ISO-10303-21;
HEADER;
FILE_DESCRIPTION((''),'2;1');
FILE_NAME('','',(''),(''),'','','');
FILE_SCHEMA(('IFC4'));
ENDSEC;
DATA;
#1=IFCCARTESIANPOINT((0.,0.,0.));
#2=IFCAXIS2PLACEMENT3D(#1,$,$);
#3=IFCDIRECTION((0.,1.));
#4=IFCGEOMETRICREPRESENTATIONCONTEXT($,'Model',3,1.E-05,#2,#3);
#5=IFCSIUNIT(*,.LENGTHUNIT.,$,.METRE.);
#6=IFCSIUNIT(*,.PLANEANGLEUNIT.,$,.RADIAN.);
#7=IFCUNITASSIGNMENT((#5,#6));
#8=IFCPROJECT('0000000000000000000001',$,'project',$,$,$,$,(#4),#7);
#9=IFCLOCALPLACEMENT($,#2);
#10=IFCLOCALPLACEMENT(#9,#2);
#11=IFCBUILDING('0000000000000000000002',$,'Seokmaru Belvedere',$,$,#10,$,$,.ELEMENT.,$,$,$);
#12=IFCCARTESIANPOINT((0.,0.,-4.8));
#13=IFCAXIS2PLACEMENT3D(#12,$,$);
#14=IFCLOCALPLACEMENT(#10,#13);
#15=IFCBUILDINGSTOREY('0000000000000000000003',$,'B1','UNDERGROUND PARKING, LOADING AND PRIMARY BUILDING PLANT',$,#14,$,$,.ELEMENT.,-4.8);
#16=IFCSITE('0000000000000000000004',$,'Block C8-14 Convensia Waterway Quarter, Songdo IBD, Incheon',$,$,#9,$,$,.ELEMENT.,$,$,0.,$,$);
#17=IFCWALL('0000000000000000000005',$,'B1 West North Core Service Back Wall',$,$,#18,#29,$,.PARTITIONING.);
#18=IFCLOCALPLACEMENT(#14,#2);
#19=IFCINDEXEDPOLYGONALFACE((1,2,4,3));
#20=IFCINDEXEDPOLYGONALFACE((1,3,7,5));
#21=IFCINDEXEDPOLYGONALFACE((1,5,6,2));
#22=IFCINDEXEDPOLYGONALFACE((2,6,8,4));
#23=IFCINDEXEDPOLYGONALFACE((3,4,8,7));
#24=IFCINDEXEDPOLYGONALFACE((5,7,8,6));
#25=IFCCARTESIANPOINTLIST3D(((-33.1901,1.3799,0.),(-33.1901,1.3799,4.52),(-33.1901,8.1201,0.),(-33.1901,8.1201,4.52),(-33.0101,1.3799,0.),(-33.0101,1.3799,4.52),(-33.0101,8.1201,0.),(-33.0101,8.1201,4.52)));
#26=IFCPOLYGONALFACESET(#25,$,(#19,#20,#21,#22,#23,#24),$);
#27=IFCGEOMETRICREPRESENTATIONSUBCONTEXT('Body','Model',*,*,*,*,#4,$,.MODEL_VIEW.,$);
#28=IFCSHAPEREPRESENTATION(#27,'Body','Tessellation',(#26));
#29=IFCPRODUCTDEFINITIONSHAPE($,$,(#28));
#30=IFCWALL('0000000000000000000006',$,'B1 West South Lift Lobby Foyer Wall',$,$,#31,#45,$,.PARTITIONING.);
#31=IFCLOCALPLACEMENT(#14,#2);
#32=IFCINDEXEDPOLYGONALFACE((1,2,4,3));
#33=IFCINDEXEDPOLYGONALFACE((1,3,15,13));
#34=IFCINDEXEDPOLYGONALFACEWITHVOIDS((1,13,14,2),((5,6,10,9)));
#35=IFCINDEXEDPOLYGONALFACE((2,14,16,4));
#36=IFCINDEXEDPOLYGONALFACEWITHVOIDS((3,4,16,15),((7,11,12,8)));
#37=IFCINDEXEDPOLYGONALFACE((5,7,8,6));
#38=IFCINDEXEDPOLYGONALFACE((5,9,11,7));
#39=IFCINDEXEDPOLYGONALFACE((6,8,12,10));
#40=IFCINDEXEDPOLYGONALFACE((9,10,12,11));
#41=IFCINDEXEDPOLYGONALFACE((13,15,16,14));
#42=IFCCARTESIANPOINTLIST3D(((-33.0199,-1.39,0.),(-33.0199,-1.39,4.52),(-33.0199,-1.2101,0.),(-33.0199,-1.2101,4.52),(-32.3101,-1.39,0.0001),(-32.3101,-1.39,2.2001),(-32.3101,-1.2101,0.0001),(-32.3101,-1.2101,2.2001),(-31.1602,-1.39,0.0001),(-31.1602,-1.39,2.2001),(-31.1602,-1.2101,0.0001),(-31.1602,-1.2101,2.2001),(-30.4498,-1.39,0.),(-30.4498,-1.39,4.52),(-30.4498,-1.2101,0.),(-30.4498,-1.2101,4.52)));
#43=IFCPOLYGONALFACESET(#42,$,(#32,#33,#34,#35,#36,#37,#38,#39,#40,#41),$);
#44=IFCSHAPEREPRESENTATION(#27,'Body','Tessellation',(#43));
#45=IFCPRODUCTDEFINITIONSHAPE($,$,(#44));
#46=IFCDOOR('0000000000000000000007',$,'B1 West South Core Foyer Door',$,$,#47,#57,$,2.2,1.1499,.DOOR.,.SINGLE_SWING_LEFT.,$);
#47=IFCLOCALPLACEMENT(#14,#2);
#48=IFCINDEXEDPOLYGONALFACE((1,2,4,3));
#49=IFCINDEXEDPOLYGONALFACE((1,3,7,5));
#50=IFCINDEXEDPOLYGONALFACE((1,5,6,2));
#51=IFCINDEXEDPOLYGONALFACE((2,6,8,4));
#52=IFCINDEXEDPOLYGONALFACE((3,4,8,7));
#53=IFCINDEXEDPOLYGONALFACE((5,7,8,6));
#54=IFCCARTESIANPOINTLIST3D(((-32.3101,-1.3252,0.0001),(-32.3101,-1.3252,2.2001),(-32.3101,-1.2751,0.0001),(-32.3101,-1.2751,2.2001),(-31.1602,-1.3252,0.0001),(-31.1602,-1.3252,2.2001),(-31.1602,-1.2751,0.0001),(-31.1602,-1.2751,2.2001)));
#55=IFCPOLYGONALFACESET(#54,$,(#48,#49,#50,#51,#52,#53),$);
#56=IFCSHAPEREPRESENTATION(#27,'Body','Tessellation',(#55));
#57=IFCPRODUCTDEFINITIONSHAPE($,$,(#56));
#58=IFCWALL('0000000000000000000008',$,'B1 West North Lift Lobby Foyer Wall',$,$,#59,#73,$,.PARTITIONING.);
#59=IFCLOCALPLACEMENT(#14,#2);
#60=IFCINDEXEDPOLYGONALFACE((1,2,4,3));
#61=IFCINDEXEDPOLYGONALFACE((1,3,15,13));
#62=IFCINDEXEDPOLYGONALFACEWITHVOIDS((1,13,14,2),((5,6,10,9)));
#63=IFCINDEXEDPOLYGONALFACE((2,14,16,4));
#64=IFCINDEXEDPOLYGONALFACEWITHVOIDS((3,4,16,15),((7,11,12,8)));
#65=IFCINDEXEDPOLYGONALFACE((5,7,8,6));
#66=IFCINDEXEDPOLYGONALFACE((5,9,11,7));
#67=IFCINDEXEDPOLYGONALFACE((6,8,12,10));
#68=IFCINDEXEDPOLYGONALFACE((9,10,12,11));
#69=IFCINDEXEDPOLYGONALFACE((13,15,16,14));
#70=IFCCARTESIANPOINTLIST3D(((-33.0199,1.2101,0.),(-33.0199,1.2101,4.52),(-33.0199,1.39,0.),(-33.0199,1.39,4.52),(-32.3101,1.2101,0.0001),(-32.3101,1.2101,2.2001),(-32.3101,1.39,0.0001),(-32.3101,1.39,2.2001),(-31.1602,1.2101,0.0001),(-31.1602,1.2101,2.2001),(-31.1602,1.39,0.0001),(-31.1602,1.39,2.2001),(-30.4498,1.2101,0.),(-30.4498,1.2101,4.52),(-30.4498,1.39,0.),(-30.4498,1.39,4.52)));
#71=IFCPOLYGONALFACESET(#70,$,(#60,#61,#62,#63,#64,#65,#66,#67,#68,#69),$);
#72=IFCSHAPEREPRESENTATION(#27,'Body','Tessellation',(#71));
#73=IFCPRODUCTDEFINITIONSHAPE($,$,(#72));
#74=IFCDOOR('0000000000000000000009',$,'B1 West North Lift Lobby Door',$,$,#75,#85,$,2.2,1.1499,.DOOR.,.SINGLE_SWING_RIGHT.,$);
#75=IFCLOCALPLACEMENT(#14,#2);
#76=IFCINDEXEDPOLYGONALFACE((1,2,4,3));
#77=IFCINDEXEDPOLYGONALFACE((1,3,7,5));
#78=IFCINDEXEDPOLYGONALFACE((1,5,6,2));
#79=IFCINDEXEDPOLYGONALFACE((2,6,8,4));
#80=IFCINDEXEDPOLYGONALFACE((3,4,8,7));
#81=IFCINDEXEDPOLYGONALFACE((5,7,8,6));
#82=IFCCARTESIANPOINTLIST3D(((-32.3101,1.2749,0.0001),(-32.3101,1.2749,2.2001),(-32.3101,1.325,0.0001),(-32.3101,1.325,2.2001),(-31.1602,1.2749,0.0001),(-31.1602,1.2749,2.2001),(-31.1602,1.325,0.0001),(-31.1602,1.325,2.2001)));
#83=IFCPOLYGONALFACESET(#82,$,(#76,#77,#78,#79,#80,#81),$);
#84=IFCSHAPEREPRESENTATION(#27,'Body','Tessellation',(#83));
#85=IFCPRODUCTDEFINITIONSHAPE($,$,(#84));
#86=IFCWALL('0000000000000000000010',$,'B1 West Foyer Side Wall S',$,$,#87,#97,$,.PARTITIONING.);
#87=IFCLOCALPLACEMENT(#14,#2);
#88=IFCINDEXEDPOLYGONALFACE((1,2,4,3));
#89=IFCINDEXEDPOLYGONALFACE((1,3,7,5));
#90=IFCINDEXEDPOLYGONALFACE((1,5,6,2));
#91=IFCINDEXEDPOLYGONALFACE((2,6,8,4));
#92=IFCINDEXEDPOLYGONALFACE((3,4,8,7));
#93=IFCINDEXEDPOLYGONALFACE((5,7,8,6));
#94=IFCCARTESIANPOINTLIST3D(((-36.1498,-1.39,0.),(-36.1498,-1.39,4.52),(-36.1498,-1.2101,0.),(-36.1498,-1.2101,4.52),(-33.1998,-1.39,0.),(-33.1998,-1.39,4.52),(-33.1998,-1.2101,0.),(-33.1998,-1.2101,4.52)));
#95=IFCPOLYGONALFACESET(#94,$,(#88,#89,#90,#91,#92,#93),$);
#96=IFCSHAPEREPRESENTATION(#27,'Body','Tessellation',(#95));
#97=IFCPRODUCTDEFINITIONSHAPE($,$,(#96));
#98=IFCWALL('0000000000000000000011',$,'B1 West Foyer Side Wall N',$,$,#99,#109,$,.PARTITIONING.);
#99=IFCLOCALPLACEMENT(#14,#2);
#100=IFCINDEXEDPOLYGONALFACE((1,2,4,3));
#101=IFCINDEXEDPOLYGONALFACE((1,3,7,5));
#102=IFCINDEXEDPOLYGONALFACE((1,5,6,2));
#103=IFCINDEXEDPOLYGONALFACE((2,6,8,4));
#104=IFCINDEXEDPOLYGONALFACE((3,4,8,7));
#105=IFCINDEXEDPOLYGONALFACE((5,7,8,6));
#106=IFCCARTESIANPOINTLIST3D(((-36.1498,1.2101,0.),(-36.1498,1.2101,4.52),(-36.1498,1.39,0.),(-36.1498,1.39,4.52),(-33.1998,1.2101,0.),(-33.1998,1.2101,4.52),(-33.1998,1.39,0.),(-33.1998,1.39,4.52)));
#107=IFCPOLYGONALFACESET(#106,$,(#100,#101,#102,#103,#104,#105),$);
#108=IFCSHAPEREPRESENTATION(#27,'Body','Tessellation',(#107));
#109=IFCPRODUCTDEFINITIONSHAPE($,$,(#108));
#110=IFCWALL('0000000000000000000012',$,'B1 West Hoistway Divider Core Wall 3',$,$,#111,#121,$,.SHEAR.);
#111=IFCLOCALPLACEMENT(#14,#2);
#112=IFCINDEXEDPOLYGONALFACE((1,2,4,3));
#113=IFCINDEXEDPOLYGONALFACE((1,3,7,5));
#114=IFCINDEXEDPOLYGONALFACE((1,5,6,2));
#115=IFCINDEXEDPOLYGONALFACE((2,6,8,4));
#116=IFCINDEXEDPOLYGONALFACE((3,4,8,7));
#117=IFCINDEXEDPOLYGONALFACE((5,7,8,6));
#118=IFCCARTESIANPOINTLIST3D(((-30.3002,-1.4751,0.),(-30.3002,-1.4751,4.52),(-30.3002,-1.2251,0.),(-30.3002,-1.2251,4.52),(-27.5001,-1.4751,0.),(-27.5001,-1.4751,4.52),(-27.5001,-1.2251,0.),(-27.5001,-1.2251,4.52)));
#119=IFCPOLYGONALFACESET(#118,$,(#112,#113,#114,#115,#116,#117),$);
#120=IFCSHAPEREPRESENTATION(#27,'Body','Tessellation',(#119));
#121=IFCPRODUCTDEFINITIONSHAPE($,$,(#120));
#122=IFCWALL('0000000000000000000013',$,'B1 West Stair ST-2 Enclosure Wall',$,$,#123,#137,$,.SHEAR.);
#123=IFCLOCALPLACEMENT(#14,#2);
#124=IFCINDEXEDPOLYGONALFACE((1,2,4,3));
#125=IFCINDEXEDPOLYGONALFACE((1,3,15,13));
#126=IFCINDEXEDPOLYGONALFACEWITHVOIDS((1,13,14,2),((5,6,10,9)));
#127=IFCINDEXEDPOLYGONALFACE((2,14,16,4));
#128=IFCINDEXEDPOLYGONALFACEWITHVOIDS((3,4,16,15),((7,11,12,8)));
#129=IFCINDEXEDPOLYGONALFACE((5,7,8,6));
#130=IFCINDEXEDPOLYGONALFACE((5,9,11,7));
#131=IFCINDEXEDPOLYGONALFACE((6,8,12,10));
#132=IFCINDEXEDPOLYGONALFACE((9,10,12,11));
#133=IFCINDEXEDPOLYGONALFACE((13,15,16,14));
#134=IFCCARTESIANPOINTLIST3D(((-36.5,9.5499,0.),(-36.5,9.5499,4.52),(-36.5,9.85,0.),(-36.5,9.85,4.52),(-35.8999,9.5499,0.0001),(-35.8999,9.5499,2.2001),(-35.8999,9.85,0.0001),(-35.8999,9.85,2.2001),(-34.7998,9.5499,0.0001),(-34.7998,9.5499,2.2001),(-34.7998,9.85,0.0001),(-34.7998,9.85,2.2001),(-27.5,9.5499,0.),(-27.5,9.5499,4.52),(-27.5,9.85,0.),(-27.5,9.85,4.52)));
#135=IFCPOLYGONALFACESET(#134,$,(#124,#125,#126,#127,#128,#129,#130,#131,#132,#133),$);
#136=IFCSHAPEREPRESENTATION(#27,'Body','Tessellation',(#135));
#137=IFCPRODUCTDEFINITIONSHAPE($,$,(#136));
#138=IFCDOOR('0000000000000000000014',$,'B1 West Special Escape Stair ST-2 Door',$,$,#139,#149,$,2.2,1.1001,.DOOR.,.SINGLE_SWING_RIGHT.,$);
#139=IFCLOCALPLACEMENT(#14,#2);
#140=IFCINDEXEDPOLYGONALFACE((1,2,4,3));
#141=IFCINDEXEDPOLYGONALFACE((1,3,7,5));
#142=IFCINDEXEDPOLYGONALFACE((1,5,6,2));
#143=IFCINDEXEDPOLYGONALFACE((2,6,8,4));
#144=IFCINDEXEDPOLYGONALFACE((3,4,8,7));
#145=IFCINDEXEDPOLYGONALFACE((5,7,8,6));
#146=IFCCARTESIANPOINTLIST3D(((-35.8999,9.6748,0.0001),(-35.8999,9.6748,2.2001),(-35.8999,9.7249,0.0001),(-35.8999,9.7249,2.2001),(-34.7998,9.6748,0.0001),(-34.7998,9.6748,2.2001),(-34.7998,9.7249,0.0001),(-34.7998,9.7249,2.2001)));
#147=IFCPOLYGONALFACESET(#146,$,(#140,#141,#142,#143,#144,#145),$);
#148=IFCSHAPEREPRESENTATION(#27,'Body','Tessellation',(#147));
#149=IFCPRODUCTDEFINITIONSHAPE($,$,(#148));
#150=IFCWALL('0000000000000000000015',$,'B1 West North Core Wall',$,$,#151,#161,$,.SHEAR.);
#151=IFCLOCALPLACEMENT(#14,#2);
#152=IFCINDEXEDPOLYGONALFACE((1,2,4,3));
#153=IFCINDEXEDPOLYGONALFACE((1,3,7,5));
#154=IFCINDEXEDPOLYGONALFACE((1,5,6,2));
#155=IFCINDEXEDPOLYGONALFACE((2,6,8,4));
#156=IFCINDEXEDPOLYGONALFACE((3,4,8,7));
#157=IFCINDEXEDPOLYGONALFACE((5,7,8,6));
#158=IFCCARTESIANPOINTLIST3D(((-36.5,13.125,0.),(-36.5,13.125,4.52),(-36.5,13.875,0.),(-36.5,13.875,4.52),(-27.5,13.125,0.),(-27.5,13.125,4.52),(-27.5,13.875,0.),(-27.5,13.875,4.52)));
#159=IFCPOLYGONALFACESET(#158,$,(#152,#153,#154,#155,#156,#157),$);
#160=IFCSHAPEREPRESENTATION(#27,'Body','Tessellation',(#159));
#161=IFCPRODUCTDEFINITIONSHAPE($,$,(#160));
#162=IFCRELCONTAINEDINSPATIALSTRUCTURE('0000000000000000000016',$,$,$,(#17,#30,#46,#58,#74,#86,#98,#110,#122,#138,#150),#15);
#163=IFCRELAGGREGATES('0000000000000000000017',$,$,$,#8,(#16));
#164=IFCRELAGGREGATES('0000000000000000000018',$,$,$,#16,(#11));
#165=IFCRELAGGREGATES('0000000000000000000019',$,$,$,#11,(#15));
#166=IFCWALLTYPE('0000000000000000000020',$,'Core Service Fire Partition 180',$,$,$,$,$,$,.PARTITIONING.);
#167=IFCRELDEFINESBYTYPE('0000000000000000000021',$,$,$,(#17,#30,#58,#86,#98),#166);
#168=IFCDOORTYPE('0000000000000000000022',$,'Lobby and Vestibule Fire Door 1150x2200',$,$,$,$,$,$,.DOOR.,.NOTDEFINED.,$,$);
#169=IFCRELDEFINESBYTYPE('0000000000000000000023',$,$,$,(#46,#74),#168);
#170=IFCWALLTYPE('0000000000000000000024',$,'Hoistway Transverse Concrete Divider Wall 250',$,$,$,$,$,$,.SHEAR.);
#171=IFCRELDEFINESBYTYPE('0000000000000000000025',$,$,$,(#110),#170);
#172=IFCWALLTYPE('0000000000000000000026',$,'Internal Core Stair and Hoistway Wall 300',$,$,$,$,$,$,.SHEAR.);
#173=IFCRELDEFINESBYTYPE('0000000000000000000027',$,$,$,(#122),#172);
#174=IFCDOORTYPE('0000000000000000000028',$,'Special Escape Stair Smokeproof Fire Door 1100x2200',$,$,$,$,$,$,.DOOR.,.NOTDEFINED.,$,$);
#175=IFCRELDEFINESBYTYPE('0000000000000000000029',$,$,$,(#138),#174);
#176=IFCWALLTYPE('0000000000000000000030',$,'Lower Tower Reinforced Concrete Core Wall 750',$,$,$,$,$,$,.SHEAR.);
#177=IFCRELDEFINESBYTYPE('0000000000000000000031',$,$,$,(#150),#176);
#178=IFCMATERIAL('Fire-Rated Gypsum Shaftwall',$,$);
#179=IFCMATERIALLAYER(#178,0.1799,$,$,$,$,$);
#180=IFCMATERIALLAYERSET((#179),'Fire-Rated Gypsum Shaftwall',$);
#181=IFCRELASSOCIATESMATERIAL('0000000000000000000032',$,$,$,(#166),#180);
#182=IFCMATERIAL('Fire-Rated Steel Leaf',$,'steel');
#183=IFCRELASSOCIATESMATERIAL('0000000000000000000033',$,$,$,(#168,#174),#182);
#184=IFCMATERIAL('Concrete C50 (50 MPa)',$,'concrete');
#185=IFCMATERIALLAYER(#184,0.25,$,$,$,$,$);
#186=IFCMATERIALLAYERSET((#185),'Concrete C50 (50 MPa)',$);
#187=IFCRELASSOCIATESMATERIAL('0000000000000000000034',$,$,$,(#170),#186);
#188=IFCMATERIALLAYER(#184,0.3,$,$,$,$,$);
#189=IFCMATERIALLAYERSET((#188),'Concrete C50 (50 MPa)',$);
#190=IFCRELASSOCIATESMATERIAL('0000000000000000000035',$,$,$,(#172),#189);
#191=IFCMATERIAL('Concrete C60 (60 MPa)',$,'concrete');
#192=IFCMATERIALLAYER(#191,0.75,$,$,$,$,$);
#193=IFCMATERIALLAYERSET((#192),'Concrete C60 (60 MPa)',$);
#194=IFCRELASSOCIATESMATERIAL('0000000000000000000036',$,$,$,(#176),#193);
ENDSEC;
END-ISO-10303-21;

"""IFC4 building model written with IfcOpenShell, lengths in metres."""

from ifc_helpers import new_model, si_unit, direction, frame, frame_2d, origin, place, context, subcontext, project, spatial, rectangle, extrude, source, transform, mapped, material, layer, layer_set, type_object, type_shapes, element, fill, save


model = new_model("IFC4")

# Units and contexts
model_context = context("Model", 3, precision=1e-05, world=origin(), true_north=direction((0.0, 1.0)))
body_context = subcontext(model_context, "Body", "Model", "MODEL_VIEW")
ifc_project = project(units=[si_unit("LENGTHUNIT", "METRE"), si_unit("PLANEANGLEUNIT", "RADIAN")], contexts=[model_context])

# Site, building, storey
site_placement = place(None, origin())
site = spatial("IfcSite", under=ifc_project, at=site_placement, Name="Block C8-14 Convensia Waterway Quarter, Songdo IBD, Incheon", CompositionType="ELEMENT", RefElevation=0.0)
building_placement = place(site_placement, origin())
building = spatial("IfcBuilding", under=site, at=building_placement, Name="Seokmaru Belvedere", CompositionType="ELEMENT")
storey_placement = place(building_placement, frame((0.0, 0.0, -4.8)))
storey = spatial("IfcBuildingStorey", under=building, at=storey_placement, Name="B1", Description="UNDERGROUND PARKING, LOADING AND PRIMARY BUILDING PLANT", CompositionType="ELEMENT", Elevation=-4.8)

# Shared definitions
ifc_material_1 = material(Name="Concrete C50 (50 MPa)", Category="concrete")

# Wall
ifc_material_2 = material(Name="Fire-Rated Gypsum Shaftwall")
ifc_layer_1 = layer(ifc_material_2, 0.1799)
ifc_layer_set_1 = layer_set([ifc_layer_1], Name="Fire-Rated Gypsum Shaftwall")
wall_type_1 = type_object("IfcWallType", Name="Core Service Fire Partition 180", PredefinedType="PARTITIONING", material=ifc_layer_set_1)
wall_1_placement = place(storey_placement, frame((-33.1001, 1.3799, 0.0), z_axis=(0.0, 0.0, 1.0), x_axis=(0.0, 1.0, 0.0)))
element("IfcWall", 1, at=wall_1_placement, inside=storey, type_object=wall_type_1, Name="B1 West North Core Service Back Wall", PredefinedType="PARTITIONING", context=body_context, shape_type="SweptSolid", body=[
    extrude(rectangle(XDim=6.7402, YDim=0.1799, at=frame_2d((3.3701, 0.0))), origin(), (0.0, 0.0, 1.0), 4.52),
])

# Walls, openings, doors
wall_2_placement = place(storey_placement, frame((-33.02, -1.3, 0.0), z_axis=(0.0, 0.0, 1.0), x_axis=(1.0, 0.0, 0.0)))
wall_2 = element("IfcWall", 2, at=wall_2_placement, inside=storey, type_object=wall_type_1, Name="B1 West South Lift Lobby Foyer Wall", PredefinedType="PARTITIONING", context=body_context, shape_type="SweptSolid", body=[
    extrude(rectangle(XDim=2.5701, YDim=0.1799, at=frame_2d((1.2852, 0.0))), origin(), (0.0, 0.0, 1.0), 4.52),
])
opening_1_placement = place(wall_2_placement, frame((0.71, 0.0, 0.0)))
opening_1 = element("IfcOpeningElement", 3, at=opening_1_placement, cuts=wall_2, PredefinedType="OPENING", context=body_context, shape_type="SweptSolid", body=[
    extrude(rectangle(XDim=1.1499, YDim=2.2, at=frame_2d((0.575, 1.1001))), frame((0.0, 0.1001, 0.0), z_axis=(0.0, -1.0, 0.0), x_axis=(1.0, 0.0, 0.0)), (0.0, 0.0, 1.0), 0.2),
])
ifc_material_3 = material(Name="Fire-Rated Steel Leaf", Category="steel")
door_type_1 = type_object("IfcDoorType", Name="Lobby and Vestibule Fire Door 1150x2200", OperationType="NOTDEFINED", PredefinedType="DOOR", material=ifc_material_3)
shared_shape_1 = source(origin(), body_context, "Body", "SweptSolid", [
    extrude(rectangle(XDim=1.1499, YDim=2.2, at=frame_2d((0.575, 1.1001))), frame((0.0, 0.0249, 0.0), z_axis=(0.0, -1.0, 0.0), x_axis=(1.0, 0.0, 0.0)), (0.0, 0.0, 1.0), 0.05),
])
type_shapes(door_type_1, [shared_shape_1])
door_1_placement = place(opening_1_placement, origin())
door_1 = element("IfcDoor", 4, at=door_1_placement, inside=storey, type_object=door_type_1, Name="B1 West South Core Foyer Door", OperationType="SINGLE_SWING_LEFT", OverallHeight=2.2, OverallWidth=1.1499, PredefinedType="DOOR", context=body_context, shape_type="MappedRepresentation", body=[
    mapped(shared_shape_1, transform((0.0, 0.0, 0.0), scale=1.0)),
])
fill(opening_1, door_1)
wall_3_placement = place(storey_placement, frame((-33.02, 1.3, 0.0), z_axis=(0.0, 0.0, 1.0), x_axis=(1.0, 0.0, 0.0)))
wall_3 = element("IfcWall", 5, at=wall_3_placement, inside=storey, type_object=wall_type_1, Name="B1 West North Lift Lobby Foyer Wall", PredefinedType="PARTITIONING", context=body_context, shape_type="SweptSolid", body=[
    extrude(rectangle(XDim=2.5701, YDim=0.1799, at=frame_2d((1.2852, 0.0))), origin(), (0.0, 0.0, 1.0), 4.52),
])
opening_2_placement = place(wall_3_placement, frame((0.71, 0.0, 0.0)))
opening_2 = element("IfcOpeningElement", 6, at=opening_2_placement, cuts=wall_3, PredefinedType="OPENING", context=body_context, shape_type="SweptSolid", body=[
    extrude(rectangle(XDim=1.1499, YDim=2.2, at=frame_2d((0.575, 1.1001))), frame((0.0, 0.1001, 0.0), z_axis=(0.0, -1.0, 0.0), x_axis=(1.0, 0.0, 0.0)), (0.0, 0.0, 1.0), 0.2),
])
door_2_placement = place(opening_2_placement, origin())
door_2 = element("IfcDoor", 7, at=door_2_placement, inside=storey, type_object=door_type_1, Name="B1 West North Lift Lobby Door", OperationType="SINGLE_SWING_RIGHT", OverallHeight=2.2, OverallWidth=1.1499, PredefinedType="DOOR", context=body_context, shape_type="MappedRepresentation", body=[
    mapped(shared_shape_1, transform((0.0, 0.0, 0.0), scale=1.0)),
])
fill(opening_2, door_2)

# Walls
for number, where, z_axis, x_axis, name in (
    (8, (-36.1499, -1.3, 0.0), (0.0, 0.0, 1.0), (1.0, 0.0, 0.0), "B1 West Foyer Side Wall S"),
    (9, (-36.1499, 1.3, 0.0), (0.0, 0.0, 1.0), (1.0, 0.0, 0.0), "B1 West Foyer Side Wall N"),
):
    element("IfcWall", number, at=place(storey_placement, frame(where, z_axis=z_axis, x_axis=x_axis)), inside=storey, type_object=wall_type_1, Name=name, PredefinedType="PARTITIONING", context=body_context, shape_type="SweptSolid", body=[
        extrude(rectangle(XDim=2.95, YDim=0.1799, at=frame_2d((1.4751, 0.0))), origin(), (0.0, 0.0, 1.0), 4.52),
    ])
ifc_layer_2 = layer(ifc_material_1, 0.25)
ifc_layer_set_2 = layer_set([ifc_layer_2], Name="Concrete C50 (50 MPa)")
wall_type_2 = type_object("IfcWallType", Name="Hoistway Transverse Concrete Divider Wall 250", PredefinedType="SHEAR", material=ifc_layer_set_2)
wall_4_placement = place(storey_placement, frame((-30.3, -1.3501, 0.0), z_axis=(0.0, 0.0, 1.0), x_axis=(1.0, 0.0, 0.0)))
element("IfcWall", 10, at=wall_4_placement, inside=storey, type_object=wall_type_2, Name="B1 West Hoistway Divider Core Wall 3", PredefinedType="SHEAR", context=body_context, shape_type="SweptSolid", body=[
    extrude(rectangle(XDim=2.8, YDim=0.25, at=frame_2d((1.3999, 0.0))), origin(), (0.0, 0.0, 1.0), 4.52),
])

# Wall, opening, door
ifc_layer_3 = layer(ifc_material_1, 0.3)
ifc_layer_set_3 = layer_set([ifc_layer_3], Name="Concrete C50 (50 MPa)")
wall_type_3 = type_object("IfcWallType", Name="Internal Core Stair and Hoistway Wall 300", PredefinedType="SHEAR", material=ifc_layer_set_3)
wall_5_placement = place(storey_placement, frame((-36.5, 9.7, 0.0), z_axis=(0.0, 0.0, 1.0), x_axis=(1.0, 0.0, 0.0)))
wall_5 = element("IfcWall", 11, at=wall_5_placement, inside=storey, type_object=wall_type_3, Name="B1 West Stair ST-2 Enclosure Wall", PredefinedType="SHEAR", context=body_context, shape_type="SweptSolid", body=[
    extrude(rectangle(XDim=9.0, YDim=0.3, at=frame_2d((4.5, 0.0))), origin(), (0.0, 0.0, 1.0), 4.52),
])
opening_3_placement = place(wall_5_placement, frame((0.6001, 0.0, 0.0)))
opening_3 = element("IfcOpeningElement", 12, at=opening_3_placement, cuts=wall_5, PredefinedType="OPENING", context=body_context, shape_type="SweptSolid", body=[
    extrude(rectangle(XDim=1.1001, YDim=2.2, at=frame_2d((0.55, 1.1001))), frame((0.0, 0.1602, 0.0), z_axis=(0.0, -1.0, 0.0), x_axis=(1.0, 0.0, 0.0)), (0.0, 0.0, 1.0), 0.3201),
])
door_type_2 = type_object("IfcDoorType", Name="Special Escape Stair Smokeproof Fire Door 1100x2200", OperationType="NOTDEFINED", PredefinedType="DOOR", material=ifc_material_3)
shared_shape_2 = source(origin(), body_context, "Body", "SweptSolid", [
    extrude(rectangle(XDim=1.1001, YDim=2.2, at=frame_2d((0.55, 1.1001))), frame((0.0, 0.0249, 0.0), z_axis=(0.0, -1.0, 0.0), x_axis=(1.0, 0.0, 0.0)), (0.0, 0.0, 1.0), 0.05),
])
type_shapes(door_type_2, [shared_shape_2])
door_3_placement = place(opening_3_placement, origin())
door_3 = element("IfcDoor", 13, at=door_3_placement, inside=storey, type_object=door_type_2, Name="B1 West Special Escape Stair ST-2 Door", OperationType="SINGLE_SWING_RIGHT", OverallHeight=2.2, OverallWidth=1.1001, PredefinedType="DOOR", context=body_context, shape_type="MappedRepresentation", body=[
    mapped(shared_shape_2, transform((0.0, 0.0, 0.0), scale=1.0)),
])
fill(opening_3, door_3)

# Wall
ifc_material_4 = material(Name="Concrete C60 (60 MPa)", Category="concrete")
ifc_layer_4 = layer(ifc_material_4, 0.75)
ifc_layer_set_4 = layer_set([ifc_layer_4], Name="Concrete C60 (60 MPa)")
wall_type_4 = type_object("IfcWallType", Name="Lower Tower Reinforced Concrete Core Wall 750", PredefinedType="SHEAR", material=ifc_layer_set_4)
wall_6_placement = place(storey_placement, frame((-36.5, 13.5, 0.0), z_axis=(0.0, 0.0, 1.0), x_axis=(1.0, 0.0, 0.0)))
element("IfcWall", 14, at=wall_6_placement, inside=storey, type_object=wall_type_4, Name="B1 West North Core Wall", PredefinedType="SHEAR", context=body_context, shape_type="SweptSolid", body=[
    extrude(rectangle(XDim=9.0, YDim=0.75, at=frame_2d((4.5, 0.0))), origin(), (0.0, 0.0, 1.0), 4.52),
])

save(model, "model.ifc")
